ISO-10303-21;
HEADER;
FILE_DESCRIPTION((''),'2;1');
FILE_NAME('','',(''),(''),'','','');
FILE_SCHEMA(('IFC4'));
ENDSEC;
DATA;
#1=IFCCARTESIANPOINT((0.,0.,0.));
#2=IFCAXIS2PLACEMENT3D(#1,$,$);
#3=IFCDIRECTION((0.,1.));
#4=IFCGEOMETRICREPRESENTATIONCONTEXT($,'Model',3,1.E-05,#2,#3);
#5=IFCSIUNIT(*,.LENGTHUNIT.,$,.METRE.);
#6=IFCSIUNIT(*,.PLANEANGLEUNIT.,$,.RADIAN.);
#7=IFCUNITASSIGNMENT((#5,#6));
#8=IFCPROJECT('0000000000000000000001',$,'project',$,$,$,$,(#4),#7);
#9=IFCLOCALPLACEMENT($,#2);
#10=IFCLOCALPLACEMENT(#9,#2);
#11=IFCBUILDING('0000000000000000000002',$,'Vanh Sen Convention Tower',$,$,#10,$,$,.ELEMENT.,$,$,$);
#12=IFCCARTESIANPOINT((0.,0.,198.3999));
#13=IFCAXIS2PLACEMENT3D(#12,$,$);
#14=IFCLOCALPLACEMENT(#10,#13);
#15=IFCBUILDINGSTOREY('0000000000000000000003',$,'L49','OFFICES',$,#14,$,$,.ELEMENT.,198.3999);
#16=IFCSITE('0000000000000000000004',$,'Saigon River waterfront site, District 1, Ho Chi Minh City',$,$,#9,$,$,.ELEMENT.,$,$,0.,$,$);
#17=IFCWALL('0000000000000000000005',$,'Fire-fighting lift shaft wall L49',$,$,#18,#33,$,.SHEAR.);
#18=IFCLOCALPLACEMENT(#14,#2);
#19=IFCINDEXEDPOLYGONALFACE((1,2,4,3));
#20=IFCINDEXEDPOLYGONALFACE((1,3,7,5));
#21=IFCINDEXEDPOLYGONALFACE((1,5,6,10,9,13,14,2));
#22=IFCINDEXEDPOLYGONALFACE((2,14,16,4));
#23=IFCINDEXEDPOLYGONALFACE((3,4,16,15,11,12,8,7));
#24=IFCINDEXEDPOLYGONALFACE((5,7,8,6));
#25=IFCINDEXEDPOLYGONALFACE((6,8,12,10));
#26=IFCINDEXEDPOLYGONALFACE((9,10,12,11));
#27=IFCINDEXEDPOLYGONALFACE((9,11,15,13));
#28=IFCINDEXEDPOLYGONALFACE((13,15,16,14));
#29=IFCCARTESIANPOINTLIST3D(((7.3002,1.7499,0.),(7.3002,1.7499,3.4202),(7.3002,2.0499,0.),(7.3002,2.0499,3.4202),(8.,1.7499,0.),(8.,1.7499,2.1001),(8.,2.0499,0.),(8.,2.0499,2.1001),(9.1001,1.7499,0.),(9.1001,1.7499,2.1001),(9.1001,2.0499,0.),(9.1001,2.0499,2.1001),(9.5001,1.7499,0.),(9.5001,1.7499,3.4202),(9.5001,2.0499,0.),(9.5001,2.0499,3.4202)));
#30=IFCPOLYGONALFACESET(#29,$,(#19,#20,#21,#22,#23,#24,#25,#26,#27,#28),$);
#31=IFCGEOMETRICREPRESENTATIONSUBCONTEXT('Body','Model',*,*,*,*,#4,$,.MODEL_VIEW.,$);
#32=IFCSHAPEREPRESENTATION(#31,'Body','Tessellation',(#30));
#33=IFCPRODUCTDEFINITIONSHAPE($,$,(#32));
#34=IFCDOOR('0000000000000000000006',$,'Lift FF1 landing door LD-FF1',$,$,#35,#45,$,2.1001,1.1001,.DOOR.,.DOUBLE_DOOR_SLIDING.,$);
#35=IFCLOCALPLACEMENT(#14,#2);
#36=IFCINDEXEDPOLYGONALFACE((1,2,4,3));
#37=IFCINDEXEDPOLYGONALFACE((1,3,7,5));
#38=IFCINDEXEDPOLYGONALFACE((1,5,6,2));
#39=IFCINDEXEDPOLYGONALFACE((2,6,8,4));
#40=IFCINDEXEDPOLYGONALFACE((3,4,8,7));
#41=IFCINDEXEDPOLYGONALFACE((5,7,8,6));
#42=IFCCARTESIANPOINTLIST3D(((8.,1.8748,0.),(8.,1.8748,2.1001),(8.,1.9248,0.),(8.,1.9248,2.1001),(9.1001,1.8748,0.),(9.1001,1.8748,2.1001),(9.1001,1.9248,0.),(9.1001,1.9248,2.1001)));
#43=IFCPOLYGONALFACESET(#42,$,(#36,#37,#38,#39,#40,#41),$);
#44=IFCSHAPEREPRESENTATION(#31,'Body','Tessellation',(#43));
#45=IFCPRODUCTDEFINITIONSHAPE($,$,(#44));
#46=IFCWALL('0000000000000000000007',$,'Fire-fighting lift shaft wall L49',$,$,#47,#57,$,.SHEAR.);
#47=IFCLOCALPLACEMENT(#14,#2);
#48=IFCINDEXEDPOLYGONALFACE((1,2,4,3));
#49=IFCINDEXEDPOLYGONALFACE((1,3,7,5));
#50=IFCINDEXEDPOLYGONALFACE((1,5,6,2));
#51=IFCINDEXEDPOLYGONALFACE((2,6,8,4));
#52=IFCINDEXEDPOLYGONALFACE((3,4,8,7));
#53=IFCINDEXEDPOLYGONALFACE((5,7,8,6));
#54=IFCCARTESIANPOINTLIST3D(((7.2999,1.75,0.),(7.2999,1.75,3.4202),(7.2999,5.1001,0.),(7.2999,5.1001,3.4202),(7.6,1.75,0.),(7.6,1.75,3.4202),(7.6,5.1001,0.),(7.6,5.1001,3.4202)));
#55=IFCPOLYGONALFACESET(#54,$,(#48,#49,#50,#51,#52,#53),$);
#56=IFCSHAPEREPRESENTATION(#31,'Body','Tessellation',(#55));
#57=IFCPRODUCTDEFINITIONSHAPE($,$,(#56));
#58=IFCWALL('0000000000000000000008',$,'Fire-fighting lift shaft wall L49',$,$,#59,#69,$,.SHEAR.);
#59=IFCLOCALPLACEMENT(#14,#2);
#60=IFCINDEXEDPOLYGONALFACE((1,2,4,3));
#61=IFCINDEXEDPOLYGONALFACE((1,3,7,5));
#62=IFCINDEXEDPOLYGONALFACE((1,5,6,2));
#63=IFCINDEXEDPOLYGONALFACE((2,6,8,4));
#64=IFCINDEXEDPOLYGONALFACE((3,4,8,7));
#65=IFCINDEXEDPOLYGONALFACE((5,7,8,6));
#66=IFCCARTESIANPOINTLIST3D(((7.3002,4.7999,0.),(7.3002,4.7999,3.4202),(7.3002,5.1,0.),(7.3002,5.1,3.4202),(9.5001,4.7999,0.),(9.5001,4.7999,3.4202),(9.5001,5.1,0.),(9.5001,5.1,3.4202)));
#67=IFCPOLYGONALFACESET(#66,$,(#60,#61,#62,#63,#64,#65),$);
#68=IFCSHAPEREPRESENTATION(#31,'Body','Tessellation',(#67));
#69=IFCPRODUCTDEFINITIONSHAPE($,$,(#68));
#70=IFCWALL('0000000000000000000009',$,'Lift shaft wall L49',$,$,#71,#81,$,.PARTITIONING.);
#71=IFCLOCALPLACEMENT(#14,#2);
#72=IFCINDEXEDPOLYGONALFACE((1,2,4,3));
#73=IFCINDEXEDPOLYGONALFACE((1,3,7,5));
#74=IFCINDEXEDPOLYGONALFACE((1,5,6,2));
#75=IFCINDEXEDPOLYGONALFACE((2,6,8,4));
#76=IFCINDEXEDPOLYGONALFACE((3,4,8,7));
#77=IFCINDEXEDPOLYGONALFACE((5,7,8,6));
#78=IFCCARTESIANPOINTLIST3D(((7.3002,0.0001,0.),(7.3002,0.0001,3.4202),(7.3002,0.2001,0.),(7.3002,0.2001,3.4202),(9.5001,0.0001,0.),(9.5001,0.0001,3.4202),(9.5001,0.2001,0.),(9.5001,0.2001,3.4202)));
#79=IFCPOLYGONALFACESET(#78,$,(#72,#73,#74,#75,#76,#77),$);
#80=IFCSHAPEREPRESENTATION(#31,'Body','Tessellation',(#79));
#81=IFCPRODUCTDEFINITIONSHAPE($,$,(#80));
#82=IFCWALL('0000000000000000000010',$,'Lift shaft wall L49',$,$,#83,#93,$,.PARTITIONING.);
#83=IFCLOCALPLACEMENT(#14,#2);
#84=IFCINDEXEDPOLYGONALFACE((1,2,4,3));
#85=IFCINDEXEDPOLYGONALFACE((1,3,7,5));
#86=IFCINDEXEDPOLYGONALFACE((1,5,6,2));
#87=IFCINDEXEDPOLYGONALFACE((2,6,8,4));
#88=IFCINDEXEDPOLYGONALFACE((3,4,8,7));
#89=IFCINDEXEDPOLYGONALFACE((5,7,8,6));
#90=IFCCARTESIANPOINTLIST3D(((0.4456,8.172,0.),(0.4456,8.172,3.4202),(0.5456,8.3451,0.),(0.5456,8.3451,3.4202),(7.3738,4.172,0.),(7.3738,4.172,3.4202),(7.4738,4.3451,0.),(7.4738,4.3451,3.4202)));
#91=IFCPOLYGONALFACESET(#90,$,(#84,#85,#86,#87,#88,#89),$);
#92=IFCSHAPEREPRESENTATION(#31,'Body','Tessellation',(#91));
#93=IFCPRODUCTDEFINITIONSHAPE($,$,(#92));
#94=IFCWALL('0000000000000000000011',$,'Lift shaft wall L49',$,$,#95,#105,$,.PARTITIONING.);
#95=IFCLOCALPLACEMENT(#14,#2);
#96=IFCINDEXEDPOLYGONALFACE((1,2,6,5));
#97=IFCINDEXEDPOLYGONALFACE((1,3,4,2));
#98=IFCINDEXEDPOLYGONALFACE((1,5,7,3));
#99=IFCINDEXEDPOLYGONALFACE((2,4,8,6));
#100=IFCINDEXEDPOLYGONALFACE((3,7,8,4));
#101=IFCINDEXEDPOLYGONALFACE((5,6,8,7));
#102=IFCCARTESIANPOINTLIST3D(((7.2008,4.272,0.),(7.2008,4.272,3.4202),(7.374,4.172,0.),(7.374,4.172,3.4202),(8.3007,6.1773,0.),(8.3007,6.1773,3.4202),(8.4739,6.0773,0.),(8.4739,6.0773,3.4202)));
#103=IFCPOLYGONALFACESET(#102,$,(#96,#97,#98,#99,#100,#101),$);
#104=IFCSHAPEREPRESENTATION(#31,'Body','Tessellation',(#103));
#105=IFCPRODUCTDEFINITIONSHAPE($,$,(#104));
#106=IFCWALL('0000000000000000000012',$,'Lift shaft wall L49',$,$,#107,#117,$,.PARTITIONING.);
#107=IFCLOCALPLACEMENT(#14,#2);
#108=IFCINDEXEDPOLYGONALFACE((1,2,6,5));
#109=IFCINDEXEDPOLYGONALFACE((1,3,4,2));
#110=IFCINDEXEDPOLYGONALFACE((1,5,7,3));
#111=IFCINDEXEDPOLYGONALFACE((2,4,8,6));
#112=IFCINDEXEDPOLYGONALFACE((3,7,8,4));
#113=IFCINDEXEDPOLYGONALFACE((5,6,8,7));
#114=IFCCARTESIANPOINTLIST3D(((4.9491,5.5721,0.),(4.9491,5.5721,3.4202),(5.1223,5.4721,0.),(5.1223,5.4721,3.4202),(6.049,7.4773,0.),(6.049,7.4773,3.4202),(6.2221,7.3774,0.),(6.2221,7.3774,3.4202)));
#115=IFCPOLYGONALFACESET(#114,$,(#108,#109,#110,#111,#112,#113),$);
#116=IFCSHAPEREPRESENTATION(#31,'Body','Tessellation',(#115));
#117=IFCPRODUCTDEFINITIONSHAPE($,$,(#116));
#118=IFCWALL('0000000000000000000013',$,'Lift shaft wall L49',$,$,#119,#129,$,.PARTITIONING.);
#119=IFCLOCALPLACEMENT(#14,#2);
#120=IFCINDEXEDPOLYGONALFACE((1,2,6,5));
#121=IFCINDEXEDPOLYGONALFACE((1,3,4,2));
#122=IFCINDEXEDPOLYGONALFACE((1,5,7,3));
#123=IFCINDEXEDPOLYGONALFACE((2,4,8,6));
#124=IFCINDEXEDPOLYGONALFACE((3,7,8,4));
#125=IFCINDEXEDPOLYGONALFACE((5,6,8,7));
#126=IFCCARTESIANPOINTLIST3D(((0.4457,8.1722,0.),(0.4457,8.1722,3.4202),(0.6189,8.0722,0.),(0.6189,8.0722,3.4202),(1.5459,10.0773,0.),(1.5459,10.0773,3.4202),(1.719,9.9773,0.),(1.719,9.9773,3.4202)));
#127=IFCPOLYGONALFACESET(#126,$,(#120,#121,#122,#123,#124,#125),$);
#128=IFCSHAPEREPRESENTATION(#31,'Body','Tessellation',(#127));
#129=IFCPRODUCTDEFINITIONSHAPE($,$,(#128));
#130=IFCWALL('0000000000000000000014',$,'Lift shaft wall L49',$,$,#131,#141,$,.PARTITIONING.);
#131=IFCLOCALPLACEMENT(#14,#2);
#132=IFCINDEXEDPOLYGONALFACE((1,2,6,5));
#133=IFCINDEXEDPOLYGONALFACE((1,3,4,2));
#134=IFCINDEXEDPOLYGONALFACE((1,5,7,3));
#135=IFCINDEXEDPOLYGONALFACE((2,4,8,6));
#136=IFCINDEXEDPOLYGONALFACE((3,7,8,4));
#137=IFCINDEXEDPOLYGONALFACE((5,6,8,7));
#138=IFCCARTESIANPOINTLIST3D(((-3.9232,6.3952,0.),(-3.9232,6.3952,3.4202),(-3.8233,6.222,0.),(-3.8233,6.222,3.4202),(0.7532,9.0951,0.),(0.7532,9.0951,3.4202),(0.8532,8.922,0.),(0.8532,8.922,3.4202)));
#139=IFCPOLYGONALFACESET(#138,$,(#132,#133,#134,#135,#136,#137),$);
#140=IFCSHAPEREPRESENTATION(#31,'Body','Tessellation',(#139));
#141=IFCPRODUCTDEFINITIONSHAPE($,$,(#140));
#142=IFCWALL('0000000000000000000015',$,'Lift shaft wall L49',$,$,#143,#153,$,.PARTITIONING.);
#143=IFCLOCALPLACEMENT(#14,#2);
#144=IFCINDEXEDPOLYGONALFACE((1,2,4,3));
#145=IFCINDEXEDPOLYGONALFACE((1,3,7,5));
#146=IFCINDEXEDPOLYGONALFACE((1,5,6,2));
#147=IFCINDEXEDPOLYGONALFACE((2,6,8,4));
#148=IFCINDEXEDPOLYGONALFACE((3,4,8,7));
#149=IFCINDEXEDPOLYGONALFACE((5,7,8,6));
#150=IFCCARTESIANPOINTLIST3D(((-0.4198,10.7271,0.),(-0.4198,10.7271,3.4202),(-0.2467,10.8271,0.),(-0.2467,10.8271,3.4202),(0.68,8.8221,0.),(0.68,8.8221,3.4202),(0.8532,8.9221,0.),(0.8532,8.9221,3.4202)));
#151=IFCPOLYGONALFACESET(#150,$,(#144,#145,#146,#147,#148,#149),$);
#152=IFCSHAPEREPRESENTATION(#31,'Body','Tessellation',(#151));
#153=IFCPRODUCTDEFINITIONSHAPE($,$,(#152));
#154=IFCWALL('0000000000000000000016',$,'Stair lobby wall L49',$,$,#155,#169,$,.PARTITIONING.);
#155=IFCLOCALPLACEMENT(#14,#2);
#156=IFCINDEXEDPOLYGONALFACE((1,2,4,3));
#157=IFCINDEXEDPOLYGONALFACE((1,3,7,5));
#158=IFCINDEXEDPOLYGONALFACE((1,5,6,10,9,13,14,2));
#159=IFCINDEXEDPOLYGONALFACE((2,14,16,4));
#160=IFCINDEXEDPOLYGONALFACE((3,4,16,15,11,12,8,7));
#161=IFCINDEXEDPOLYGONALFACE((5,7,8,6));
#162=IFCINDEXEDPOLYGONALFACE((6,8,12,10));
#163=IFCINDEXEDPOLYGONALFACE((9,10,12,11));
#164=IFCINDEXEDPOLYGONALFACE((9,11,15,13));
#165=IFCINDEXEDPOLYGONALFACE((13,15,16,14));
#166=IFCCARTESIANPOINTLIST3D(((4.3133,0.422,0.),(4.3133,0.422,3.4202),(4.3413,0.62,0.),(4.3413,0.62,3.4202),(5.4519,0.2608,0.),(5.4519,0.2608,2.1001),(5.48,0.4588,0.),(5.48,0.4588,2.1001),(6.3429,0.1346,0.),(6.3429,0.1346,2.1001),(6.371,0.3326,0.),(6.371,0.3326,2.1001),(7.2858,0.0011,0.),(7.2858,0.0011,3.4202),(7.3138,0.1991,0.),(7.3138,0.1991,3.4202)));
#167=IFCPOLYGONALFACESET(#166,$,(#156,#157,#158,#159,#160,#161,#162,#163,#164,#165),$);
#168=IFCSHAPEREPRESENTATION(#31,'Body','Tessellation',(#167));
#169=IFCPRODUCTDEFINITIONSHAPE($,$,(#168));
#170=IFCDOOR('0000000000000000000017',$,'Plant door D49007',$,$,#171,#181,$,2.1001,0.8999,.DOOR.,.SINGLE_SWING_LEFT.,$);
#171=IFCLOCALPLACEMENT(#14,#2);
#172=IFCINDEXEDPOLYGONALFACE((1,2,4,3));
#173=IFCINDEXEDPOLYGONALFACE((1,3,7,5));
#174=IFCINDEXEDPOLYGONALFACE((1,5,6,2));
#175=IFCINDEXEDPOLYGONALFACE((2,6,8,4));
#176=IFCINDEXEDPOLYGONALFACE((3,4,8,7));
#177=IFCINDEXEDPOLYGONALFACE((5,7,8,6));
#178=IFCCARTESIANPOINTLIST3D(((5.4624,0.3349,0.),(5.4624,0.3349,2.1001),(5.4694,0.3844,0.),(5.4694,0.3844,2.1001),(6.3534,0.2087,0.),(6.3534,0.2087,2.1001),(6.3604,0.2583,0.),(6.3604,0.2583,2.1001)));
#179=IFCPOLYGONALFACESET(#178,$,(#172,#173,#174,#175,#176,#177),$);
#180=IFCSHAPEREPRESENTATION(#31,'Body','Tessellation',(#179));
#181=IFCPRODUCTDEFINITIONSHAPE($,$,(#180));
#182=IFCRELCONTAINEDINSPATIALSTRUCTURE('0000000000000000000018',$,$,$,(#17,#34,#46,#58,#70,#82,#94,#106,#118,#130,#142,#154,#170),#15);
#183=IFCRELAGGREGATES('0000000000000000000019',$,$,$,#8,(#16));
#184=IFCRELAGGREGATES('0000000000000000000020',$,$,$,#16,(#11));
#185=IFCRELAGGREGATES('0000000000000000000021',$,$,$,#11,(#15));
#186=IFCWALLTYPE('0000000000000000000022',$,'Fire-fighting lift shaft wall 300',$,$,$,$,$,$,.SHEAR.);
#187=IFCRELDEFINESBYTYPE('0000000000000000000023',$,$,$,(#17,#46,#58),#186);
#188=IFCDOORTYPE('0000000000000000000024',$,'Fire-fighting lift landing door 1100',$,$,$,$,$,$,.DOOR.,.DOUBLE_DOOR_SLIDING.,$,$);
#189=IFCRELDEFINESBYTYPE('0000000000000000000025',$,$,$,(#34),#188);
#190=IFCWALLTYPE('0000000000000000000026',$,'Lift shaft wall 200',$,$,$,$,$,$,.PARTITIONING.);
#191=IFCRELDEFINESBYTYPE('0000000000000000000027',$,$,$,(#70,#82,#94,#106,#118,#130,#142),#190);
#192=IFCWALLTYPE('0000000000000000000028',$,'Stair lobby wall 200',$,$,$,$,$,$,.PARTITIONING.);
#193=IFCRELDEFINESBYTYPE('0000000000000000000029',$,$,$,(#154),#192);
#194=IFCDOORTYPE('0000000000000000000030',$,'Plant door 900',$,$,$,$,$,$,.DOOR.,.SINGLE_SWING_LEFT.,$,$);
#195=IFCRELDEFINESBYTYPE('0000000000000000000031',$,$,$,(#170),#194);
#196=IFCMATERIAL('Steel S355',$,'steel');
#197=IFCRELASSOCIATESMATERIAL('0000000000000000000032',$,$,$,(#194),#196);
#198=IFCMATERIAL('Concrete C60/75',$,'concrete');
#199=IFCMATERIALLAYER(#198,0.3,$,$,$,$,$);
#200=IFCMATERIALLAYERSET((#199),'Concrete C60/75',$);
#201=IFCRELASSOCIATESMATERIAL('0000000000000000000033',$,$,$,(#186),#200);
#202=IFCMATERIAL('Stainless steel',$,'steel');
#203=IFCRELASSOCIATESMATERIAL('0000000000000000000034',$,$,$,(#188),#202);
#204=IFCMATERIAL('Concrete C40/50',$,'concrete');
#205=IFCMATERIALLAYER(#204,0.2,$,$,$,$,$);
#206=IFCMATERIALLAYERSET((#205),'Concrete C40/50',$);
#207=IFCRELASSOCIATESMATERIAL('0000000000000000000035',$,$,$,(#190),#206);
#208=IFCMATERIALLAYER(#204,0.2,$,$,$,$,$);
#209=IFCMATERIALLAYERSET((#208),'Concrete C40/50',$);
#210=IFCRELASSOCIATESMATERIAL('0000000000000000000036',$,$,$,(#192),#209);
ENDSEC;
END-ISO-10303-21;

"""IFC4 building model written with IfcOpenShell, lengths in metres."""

from ifc_helpers import new_model, si_unit, direction, frame, frame_2d, origin, place, context, subcontext, project, spatial, rectangle, extrude, material, layer, layer_set, type_object, element, fill, save


model = new_model("IFC4")

# Units and contexts
model_context = context("Model", 3, precision=1e-05, world=origin(), true_north=direction((0.0, 1.0)))
body_context = subcontext(model_context, "Body", "Model", "MODEL_VIEW")
ifc_project = project(units=[si_unit("LENGTHUNIT", "METRE"), si_unit("PLANEANGLEUNIT", "RADIAN")], contexts=[model_context])

# Site, building, storey
site_placement = place(None, origin())
site = spatial("IfcSite", under=ifc_project, at=site_placement, Name="Saigon River waterfront site, District 1, Ho Chi Minh City", CompositionType="ELEMENT", RefElevation=0.0)
building_placement = place(site_placement, origin())
building = spatial("IfcBuilding", under=site, at=building_placement, Name="Vanh Sen Convention Tower", CompositionType="ELEMENT")
storey_placement = place(building_placement, frame((0.0, 0.0, 198.3999)))
storey = spatial("IfcBuildingStorey", under=building, at=storey_placement, Name="L49", Description="OFFICES", CompositionType="ELEMENT", Elevation=198.3999)

# Shared definitions
ifc_material_1 = material(Name="Steel S355", Category="steel")
door_type_1 = type_object("IfcDoorType", Name="Plant door 900", OperationType="SINGLE_SWING_LEFT", PredefinedType="DOOR", material=ifc_material_1)

# Wall, opening, door
ifc_material_2 = material(Name="Concrete C60/75", Category="concrete")
ifc_layer_1 = layer(ifc_material_2, 0.3)
ifc_layer_set_1 = layer_set([ifc_layer_1], Name="Concrete C60/75")
wall_type_1 = type_object("IfcWallType", Name="Fire-fighting lift shaft wall 300", PredefinedType="SHEAR", material=ifc_layer_set_1)
wall_1_placement = place(storey_placement, frame((7.3, 1.8999, 0.0), z_axis=(0.0, 0.0, 1.0), x_axis=(1.0, 0.0, 0.0)))
wall_1 = element("IfcWall", 1, at=wall_1_placement, inside=storey, type_object=wall_type_1, Name="Fire-fighting lift shaft wall L49", PredefinedType="SHEAR", context=body_context, shape_type="SweptSolid", body=[
    extrude(rectangle(XDim=2.2, YDim=0.3, at=frame_2d((1.1001, 0.0))), origin(), (0.0, 0.0, 1.0), 3.4202),
])
opening_1_placement = place(wall_1_placement, frame((0.7, 0.0, 0.0)))
opening_1 = element("IfcOpeningElement", 2, at=opening_1_placement, cuts=wall_1, PredefinedType="OPENING", context=body_context, shape_type="SweptSolid", body=[
    extrude(rectangle(XDim=1.1001, YDim=2.1001, at=frame_2d((0.55, 1.05))), frame((0.0, 0.1599, 0.0), z_axis=(0.0, -1.0, 0.0), x_axis=(1.0, 0.0, 0.0)), (0.0, 0.0, 1.0), 0.3201),
])
ifc_material_3 = material(Name="Stainless steel", Category="steel")
door_type_2 = type_object("IfcDoorType", Name="Fire-fighting lift landing door 1100", OperationType="DOUBLE_DOOR_SLIDING", PredefinedType="DOOR", material=ifc_material_3)
door_1_placement = place(opening_1_placement, origin())
door_1 = element("IfcDoor", 3, at=door_1_placement, inside=storey, type_object=door_type_2, Name="Lift FF1 landing door LD-FF1", OperationType="DOUBLE_DOOR_SLIDING", OverallHeight=2.1001, OverallWidth=1.1001, PredefinedType="DOOR", context=body_context, shape_type="SweptSolid", body=[
    extrude(rectangle(XDim=1.1001, YDim=2.1001, at=frame_2d((0.55, 1.05))), frame((0.0, 0.0249, 0.0), z_axis=(0.0, -1.0, 0.0), x_axis=(1.0, 0.0, 0.0)), (0.0, 0.0, 1.0), 0.05),
])
fill(opening_1, door_1)

# Walls
wall_2_placement = place(storey_placement, frame((7.45, 1.75, 0.0), z_axis=(0.0, 0.0, 1.0), x_axis=(0.0, 1.0, 0.0)))
element("IfcWall", 4, at=wall_2_placement, inside=storey, type_object=wall_type_1, Name="Fire-fighting lift shaft wall L49", PredefinedType="SHEAR", context=body_context, shape_type="SweptSolid", body=[
    extrude(rectangle(XDim=3.3501, YDim=0.3, at=frame_2d((1.675, 0.0))), origin(), (0.0, 0.0, 1.0), 3.4202),
])
wall_3_placement = place(storey_placement, frame((7.3, 4.95, 0.0), z_axis=(0.0, 0.0, 1.0), x_axis=(1.0, 0.0, 0.0)))
element("IfcWall", 5, at=wall_3_placement, inside=storey, type_object=wall_type_1, Name="Fire-fighting lift shaft wall L49", PredefinedType="SHEAR", context=body_context, shape_type="SweptSolid", body=[
    extrude(rectangle(XDim=2.2, YDim=0.3, at=frame_2d((1.1001, 0.0))), origin(), (0.0, 0.0, 1.0), 3.4202),
])
ifc_material_4 = material(Name="Concrete C40/50", Category="concrete")
ifc_layer_2 = layer(ifc_material_4, 0.2)
ifc_layer_set_2 = layer_set([ifc_layer_2], Name="Concrete C40/50")
wall_type_2 = type_object("IfcWallType", Name="Lift shaft wall 200", PredefinedType="PARTITIONING", material=ifc_layer_set_2)
wall_4_placement = place(storey_placement, frame((7.3, 0.1001, 0.0), z_axis=(0.0, 0.0, 1.0), x_axis=(1.0, 0.0, 0.0)))
element("IfcWall", 6, at=wall_4_placement, inside=storey, type_object=wall_type_2, Name="Lift shaft wall L49", PredefinedType="PARTITIONING", context=body_context, shape_type="SweptSolid", body=[
    extrude(rectangle(XDim=2.2, YDim=0.2, at=frame_2d((1.1001, 0.0))), origin(), (0.0, 0.0, 1.0), 3.4202),
])
wall_5_placement = place(storey_placement, frame((7.4238, 4.2585, 0.0), z_axis=(0.0, 0.0, 1.0), x_axis=(-0.866026, 0.499999, 0.0)))
element("IfcWall", 7, at=wall_5_placement, inside=storey, type_object=wall_type_2, Name="Lift shaft wall L49", PredefinedType="PARTITIONING", context=body_context, shape_type="SweptSolid", body=[
    extrude(rectangle(XDim=8.0, YDim=0.2, at=frame_2d((4.0, 0.0))), origin(), (0.0, 0.0, 1.0), 3.4202),
])
for number, where, z_axis, x_axis, name in (
    (8, (7.2874, 4.2219, 0.0), (0.0, 0.0, 1.0), (0.499947, 0.866056, 0.0), "Lift shaft wall L49"),
    (9, (5.0356, 5.522, 0.0), (0.0, 0.0, 1.0), (0.499947, 0.866056, 0.0), "Lift shaft wall L49"),
    (10, (0.5322, 8.1221, 0.0), (0.0, 0.0, 1.0), (0.500078, 0.86598, 0.0), "Lift shaft wall L49"),
):
    element("IfcWall", number, at=place(storey_placement, frame(where, z_axis=z_axis, x_axis=x_axis)), inside=storey, type_object=wall_type_2, Name=name, PredefinedType="PARTITIONING", context=body_context, shape_type="SweptSolid", body=[
        extrude(rectangle(XDim=2.2, YDim=0.2, at=frame_2d((1.1001, 0.0))), origin(), (0.0, 0.0, 1.0), 3.4202),
    ])
wall_6_placement = place(storey_placement, frame((0.8032, 9.0085, 0.0), z_axis=(0.0, 0.0, 1.0), x_axis=(-0.866028, -0.499995, 0.0)))
element("IfcWall", 11, at=wall_6_placement, inside=storey, type_object=wall_type_2, Name="Lift shaft wall L49", PredefinedType="PARTITIONING", context=body_context, shape_type="SweptSolid", body=[
    extrude(rectangle(XDim=5.3999, YDim=0.2, at=frame_2d((2.7, 0.0))), origin(), (0.0, 0.0, 1.0), 3.4202),
])
wall_7_placement = place(storey_placement, frame((0.7666, 8.8721, 0.0), z_axis=(0.0, 0.0, 1.0), x_axis=(-0.499995, 0.866028, 0.0)))
element("IfcWall", 12, at=wall_7_placement, inside=storey, type_object=wall_type_2, Name="Lift shaft wall L49", PredefinedType="PARTITIONING", context=body_context, shape_type="SweptSolid", body=[
    extrude(rectangle(XDim=2.1997, YDim=0.2, at=frame_2d((1.0999, 0.0))), origin(), (0.0, 0.0, 1.0), 3.4202),
])

# Wall, opening, door
ifc_layer_3 = layer(ifc_material_4, 0.2)
ifc_layer_set_3 = layer_set([ifc_layer_3], Name="Concrete C40/50")
wall_type_3 = type_object("IfcWallType", Name="Stair lobby wall 200", PredefinedType="PARTITIONING", material=ifc_layer_set_3)
wall_8_placement = place(storey_placement, frame((4.3274, 0.521, 0.0), z_axis=(0.0, 0.0, 1.0), x_axis=(0.990124, -0.140192, 0.0)))
wall_8 = element("IfcWall", 13, at=wall_8_placement, inside=storey, type_object=wall_type_3, Name="Stair lobby wall L49", PredefinedType="PARTITIONING", context=body_context, shape_type="SweptSolid", body=[
    extrude(rectangle(XDim=3.0022, YDim=0.2, at=frame_2d((1.501, 0.0))), origin(), (0.0, 0.0, 1.0), 3.4202),
])
opening_2_placement = place(wall_8_placement, frame((1.1499, 0.0, 0.0)))
opening_2 = element("IfcOpeningElement", 14, at=opening_2_placement, cuts=wall_8, PredefinedType="OPENING", context=body_context, shape_type="SweptSolid", body=[
    extrude(rectangle(XDim=0.8999, YDim=2.1001, at=frame_2d((0.45, 1.05))), frame((0.0, 0.1099, 0.0), z_axis=(0.0, -1.0, 0.0), x_axis=(1.0, 0.0, 0.0)), (0.0, 0.0, 1.0), 0.22),
])
door_2_placement = place(opening_2_placement, origin())
door_2 = element("IfcDoor", 15, at=door_2_placement, inside=storey, type_object=door_type_1, Name="Plant door D49007", OperationType="SINGLE_SWING_LEFT", OverallHeight=2.1001, OverallWidth=0.8999, PredefinedType="DOOR", context=body_context, shape_type="SweptSolid", body=[
    extrude(rectangle(XDim=0.8999, YDim=2.1001, at=frame_2d((0.45, 1.05))), frame((0.0, 0.0249, 0.0), z_axis=(0.0, -1.0, 0.0), x_axis=(1.0, 0.0, 0.0)), (0.0, 0.0, 1.0), 0.05),
])
fill(opening_2, door_2)

save(model, "model.ifc")
